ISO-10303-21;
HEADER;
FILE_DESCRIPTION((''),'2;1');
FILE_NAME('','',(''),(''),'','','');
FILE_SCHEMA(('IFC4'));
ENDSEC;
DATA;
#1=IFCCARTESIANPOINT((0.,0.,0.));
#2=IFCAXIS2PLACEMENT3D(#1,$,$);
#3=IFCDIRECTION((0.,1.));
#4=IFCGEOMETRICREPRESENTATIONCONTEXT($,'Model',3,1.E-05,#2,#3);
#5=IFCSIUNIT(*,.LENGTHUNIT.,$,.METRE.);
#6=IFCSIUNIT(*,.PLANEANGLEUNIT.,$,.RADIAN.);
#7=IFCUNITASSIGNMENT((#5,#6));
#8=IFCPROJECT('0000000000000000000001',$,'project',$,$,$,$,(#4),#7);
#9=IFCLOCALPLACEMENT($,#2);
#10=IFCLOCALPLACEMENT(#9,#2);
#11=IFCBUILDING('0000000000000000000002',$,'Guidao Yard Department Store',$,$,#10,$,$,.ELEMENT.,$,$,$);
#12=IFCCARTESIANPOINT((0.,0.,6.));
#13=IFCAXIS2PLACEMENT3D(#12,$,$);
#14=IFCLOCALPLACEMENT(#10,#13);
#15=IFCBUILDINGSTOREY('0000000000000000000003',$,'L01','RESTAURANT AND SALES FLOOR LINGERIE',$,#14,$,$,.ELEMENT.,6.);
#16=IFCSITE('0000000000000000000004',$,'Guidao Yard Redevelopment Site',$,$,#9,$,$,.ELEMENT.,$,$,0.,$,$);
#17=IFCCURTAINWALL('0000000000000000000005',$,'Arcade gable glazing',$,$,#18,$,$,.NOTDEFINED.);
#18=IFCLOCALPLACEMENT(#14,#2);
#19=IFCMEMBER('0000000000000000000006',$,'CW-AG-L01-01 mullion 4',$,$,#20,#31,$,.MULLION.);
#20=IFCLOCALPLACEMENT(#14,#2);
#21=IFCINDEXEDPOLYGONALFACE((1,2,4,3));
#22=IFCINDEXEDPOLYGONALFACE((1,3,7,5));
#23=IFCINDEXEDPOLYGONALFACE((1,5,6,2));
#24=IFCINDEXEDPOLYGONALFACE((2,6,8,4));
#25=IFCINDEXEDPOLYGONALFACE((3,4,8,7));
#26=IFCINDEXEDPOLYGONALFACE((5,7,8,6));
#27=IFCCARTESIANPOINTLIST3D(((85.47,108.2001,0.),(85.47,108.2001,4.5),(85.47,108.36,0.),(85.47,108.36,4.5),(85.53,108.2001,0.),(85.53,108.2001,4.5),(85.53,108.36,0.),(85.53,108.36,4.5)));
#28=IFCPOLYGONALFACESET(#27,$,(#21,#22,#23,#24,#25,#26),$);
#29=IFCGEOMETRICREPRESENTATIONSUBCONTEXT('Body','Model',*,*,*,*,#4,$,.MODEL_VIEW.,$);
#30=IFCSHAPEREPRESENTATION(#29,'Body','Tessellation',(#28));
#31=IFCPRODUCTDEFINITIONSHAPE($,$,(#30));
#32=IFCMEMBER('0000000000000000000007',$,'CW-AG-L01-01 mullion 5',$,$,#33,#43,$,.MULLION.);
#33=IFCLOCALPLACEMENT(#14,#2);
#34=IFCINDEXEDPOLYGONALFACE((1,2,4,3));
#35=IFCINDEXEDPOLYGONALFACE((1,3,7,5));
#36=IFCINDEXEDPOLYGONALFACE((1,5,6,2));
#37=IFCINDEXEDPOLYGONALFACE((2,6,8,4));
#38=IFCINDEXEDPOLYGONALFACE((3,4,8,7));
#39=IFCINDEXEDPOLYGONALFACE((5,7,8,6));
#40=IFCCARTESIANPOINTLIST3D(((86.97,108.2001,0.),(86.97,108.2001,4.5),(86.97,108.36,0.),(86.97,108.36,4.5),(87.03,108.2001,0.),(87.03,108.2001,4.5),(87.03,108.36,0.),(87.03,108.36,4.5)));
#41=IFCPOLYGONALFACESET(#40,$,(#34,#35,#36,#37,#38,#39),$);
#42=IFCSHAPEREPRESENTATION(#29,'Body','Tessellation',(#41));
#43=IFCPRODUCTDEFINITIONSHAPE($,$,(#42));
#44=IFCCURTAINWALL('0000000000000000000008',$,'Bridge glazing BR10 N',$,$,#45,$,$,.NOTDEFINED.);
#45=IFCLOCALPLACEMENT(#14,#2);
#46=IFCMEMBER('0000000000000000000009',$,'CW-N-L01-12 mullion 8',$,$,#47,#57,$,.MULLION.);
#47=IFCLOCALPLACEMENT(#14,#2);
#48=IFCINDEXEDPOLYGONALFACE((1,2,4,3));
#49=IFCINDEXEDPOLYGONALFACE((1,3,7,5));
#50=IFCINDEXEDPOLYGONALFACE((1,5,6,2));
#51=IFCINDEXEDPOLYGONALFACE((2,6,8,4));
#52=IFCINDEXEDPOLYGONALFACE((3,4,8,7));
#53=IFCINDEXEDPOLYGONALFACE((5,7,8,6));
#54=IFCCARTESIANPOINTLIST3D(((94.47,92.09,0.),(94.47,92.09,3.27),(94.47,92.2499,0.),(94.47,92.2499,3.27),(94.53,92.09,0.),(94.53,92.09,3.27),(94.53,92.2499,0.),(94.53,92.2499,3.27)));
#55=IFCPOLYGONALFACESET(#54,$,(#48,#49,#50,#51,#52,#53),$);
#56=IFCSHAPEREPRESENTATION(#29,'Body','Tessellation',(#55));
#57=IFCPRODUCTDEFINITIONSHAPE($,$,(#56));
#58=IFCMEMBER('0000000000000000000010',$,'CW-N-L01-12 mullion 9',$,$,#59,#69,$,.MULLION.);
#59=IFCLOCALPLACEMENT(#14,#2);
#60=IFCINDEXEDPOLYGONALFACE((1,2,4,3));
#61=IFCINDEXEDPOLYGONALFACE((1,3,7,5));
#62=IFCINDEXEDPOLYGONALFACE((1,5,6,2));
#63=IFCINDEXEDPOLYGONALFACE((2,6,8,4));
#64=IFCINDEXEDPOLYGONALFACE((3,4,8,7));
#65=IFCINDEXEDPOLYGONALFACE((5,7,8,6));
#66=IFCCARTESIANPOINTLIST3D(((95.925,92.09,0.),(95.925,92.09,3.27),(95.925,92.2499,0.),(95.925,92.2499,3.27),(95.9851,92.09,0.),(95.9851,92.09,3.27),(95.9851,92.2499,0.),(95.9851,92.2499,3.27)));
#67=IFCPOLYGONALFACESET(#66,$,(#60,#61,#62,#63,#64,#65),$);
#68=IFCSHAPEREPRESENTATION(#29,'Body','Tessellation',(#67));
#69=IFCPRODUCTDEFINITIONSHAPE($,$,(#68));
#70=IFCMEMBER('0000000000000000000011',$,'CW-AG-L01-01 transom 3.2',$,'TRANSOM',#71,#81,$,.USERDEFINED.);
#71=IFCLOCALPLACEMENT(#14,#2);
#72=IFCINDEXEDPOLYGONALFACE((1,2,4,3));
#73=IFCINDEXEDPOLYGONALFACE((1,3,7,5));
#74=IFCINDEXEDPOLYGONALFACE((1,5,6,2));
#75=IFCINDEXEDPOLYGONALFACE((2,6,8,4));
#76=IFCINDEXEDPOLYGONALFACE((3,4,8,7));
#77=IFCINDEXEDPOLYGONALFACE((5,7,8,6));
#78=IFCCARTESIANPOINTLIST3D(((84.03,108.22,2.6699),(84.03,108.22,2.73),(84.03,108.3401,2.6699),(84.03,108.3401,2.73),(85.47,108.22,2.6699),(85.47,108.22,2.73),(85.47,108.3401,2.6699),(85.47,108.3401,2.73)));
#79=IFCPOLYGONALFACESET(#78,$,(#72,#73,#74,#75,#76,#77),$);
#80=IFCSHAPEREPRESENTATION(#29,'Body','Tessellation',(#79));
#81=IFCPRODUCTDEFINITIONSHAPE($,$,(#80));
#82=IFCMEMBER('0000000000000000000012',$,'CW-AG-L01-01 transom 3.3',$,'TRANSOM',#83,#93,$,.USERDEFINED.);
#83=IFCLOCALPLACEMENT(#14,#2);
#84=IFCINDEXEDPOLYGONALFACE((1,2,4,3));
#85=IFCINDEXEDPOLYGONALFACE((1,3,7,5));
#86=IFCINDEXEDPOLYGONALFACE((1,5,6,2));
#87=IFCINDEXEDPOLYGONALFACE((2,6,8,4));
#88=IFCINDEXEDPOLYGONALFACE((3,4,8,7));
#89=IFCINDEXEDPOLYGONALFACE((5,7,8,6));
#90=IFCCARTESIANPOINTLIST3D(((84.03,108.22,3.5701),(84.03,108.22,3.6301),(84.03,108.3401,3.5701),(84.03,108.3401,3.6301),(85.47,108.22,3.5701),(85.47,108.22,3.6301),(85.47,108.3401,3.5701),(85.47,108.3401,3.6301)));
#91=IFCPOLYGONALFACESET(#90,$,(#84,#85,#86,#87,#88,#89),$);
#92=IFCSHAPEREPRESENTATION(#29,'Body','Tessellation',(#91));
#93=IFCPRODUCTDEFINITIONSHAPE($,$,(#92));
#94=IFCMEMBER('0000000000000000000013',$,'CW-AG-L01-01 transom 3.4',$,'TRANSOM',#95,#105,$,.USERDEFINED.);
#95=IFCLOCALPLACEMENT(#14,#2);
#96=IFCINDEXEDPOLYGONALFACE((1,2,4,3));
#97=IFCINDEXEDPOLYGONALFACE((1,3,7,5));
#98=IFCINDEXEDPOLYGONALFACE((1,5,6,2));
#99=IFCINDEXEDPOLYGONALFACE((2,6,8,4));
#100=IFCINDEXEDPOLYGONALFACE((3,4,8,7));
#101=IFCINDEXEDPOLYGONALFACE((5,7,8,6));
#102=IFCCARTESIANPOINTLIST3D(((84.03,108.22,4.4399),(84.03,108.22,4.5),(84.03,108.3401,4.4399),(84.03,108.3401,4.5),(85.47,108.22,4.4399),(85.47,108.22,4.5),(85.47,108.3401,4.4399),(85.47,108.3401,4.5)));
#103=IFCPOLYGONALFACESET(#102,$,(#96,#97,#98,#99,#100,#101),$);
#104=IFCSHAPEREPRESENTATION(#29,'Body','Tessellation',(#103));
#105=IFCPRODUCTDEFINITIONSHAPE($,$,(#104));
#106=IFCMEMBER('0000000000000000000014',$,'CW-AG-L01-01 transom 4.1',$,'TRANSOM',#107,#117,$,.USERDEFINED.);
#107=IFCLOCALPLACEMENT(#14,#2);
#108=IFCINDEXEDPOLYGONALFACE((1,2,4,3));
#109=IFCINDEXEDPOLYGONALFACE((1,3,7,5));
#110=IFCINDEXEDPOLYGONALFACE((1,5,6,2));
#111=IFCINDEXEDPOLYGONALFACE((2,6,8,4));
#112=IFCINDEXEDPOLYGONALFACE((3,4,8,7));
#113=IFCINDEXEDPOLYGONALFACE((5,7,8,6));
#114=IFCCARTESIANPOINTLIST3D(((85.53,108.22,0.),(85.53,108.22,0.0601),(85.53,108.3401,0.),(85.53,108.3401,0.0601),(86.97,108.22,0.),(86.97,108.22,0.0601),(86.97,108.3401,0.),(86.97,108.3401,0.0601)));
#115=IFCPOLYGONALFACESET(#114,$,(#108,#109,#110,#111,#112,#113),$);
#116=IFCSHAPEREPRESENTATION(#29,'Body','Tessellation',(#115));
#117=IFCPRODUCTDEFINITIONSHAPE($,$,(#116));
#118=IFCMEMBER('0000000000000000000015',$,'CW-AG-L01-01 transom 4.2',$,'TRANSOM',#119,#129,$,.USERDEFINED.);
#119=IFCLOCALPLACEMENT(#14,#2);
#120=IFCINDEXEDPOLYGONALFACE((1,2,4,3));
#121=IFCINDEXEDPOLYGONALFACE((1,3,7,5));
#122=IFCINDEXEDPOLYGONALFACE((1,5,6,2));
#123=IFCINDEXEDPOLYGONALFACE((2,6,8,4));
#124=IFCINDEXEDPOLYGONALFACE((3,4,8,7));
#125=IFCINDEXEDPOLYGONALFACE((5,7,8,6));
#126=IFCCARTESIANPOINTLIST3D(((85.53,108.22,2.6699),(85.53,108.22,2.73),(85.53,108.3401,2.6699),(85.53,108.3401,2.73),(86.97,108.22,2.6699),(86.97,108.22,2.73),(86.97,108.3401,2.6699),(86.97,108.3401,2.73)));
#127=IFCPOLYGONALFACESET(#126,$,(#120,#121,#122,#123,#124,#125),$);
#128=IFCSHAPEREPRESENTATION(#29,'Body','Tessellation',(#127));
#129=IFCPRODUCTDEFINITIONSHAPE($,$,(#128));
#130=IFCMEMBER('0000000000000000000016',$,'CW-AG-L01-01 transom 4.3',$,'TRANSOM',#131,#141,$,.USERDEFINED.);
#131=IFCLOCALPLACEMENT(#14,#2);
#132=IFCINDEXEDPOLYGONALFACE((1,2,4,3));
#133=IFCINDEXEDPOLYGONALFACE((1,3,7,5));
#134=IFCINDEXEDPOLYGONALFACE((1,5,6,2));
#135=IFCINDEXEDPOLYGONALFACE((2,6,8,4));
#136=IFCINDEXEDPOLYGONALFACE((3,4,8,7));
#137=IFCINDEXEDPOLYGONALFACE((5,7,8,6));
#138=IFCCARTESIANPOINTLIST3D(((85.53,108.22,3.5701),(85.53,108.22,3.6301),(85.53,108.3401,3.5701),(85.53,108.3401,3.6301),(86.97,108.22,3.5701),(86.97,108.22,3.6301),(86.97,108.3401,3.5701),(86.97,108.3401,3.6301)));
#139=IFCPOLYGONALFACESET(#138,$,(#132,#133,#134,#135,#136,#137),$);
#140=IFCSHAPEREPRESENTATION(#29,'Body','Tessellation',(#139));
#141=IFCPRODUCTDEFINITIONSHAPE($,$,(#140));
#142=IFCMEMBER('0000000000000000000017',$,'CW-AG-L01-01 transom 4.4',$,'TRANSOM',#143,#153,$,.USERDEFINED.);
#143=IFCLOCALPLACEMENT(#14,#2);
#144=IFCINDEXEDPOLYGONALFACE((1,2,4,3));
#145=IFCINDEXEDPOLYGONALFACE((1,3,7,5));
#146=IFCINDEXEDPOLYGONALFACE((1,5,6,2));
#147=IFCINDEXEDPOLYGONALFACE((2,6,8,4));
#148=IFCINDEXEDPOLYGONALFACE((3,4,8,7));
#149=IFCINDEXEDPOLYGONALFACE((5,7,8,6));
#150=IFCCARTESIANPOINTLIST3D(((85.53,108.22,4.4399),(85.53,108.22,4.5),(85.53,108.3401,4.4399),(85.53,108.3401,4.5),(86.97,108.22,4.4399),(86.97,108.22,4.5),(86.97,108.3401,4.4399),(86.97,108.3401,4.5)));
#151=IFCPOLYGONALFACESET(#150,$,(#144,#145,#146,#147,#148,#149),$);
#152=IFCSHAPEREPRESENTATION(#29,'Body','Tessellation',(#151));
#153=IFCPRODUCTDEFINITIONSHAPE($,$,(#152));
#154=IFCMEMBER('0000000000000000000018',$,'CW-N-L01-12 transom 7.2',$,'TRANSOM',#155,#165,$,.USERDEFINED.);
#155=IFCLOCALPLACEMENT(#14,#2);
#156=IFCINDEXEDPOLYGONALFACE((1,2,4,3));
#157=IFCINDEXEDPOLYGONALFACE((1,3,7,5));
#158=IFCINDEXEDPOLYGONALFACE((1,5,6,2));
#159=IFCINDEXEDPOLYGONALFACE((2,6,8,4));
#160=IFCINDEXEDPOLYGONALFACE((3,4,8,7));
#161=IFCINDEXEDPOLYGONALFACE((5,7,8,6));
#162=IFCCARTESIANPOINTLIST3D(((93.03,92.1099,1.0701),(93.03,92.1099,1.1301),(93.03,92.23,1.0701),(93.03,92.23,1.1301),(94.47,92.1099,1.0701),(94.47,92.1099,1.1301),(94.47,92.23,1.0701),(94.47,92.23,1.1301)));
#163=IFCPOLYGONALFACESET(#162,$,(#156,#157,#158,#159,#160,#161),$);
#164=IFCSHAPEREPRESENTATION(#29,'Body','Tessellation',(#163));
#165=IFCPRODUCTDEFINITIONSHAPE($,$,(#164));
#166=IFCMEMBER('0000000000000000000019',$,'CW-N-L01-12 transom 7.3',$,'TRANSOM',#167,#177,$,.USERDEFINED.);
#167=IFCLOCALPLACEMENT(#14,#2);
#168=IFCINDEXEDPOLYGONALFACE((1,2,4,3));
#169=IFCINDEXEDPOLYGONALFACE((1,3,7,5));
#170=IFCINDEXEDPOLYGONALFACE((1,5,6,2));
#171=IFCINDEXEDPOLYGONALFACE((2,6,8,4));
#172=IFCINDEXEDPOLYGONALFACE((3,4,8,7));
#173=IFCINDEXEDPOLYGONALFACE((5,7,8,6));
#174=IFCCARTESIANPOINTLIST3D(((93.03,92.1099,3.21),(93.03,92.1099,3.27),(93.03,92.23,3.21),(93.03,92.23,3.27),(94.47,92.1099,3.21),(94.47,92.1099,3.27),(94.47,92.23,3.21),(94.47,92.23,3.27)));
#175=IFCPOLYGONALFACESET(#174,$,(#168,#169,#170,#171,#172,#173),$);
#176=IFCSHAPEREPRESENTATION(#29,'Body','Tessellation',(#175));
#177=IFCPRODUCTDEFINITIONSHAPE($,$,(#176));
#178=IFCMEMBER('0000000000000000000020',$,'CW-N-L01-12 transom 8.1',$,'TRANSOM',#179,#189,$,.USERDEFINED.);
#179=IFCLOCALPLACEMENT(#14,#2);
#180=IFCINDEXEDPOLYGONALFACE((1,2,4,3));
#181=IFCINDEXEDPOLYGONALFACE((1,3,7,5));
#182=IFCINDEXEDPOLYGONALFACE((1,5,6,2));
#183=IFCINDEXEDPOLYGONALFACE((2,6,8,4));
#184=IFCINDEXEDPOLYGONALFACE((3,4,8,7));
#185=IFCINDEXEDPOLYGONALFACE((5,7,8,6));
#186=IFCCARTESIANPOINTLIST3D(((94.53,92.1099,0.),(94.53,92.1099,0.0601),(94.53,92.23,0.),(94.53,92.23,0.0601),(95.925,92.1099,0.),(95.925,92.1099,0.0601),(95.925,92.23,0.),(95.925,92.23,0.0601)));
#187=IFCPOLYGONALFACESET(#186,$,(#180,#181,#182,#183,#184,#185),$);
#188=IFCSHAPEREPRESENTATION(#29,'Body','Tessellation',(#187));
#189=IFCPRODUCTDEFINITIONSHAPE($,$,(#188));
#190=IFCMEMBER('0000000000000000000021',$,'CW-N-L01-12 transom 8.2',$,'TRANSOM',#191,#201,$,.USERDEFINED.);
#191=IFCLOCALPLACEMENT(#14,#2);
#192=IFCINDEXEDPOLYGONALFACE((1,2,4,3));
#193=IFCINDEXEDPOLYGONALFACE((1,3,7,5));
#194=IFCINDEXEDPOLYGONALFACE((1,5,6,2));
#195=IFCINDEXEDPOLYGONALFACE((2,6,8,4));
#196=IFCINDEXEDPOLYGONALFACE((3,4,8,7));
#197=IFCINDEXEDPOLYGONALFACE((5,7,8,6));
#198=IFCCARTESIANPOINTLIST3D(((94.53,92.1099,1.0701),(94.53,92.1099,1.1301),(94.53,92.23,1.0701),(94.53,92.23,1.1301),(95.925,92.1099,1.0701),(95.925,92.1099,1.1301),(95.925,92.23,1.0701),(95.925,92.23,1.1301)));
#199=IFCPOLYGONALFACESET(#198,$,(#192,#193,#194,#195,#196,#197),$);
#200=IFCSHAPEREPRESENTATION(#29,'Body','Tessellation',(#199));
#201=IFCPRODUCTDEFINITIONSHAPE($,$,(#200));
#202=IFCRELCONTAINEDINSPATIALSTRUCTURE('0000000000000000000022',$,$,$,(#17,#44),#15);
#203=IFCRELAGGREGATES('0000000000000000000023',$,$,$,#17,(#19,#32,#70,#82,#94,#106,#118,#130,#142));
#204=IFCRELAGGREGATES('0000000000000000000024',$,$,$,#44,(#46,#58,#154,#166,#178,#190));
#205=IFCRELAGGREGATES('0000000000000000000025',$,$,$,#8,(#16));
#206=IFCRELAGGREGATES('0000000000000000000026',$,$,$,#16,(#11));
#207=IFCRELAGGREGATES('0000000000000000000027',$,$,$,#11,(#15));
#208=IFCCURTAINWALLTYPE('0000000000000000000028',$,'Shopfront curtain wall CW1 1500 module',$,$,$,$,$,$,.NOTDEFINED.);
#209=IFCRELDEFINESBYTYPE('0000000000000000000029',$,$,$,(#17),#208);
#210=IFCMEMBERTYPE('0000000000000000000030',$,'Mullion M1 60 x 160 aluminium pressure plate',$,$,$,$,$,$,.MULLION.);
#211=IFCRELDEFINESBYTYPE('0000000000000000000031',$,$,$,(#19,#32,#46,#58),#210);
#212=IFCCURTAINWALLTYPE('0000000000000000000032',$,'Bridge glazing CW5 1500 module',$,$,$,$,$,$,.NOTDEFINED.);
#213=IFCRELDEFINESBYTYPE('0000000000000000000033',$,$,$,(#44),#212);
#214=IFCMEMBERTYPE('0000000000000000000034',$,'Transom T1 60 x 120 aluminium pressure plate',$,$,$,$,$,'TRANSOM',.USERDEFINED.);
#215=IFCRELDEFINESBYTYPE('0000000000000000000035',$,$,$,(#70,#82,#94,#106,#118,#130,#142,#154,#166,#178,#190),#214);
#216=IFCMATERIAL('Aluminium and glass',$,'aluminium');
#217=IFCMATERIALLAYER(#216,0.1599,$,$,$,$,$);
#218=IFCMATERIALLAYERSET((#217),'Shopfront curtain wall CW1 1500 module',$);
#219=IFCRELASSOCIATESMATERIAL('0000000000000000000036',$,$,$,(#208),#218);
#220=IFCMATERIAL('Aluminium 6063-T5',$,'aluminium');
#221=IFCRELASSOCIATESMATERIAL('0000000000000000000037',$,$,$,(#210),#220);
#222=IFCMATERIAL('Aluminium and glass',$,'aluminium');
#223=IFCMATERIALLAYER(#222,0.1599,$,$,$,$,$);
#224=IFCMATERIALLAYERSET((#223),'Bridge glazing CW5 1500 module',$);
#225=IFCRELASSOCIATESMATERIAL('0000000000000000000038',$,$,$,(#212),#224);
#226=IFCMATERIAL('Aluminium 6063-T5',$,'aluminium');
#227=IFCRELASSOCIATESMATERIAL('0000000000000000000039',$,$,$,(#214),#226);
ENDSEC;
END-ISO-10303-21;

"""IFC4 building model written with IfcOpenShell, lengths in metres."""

from ifc_helpers import new_model, si_unit, direction, frame, origin, origin_2d, place, context, subcontext, project, spatial, rectangle, extrude, material, layer, layer_set, material_profile, profile_set, type_object, element, aggregate, save


model = new_model("IFC4")

# Units and contexts
model_context = context("Model", 3, precision=1e-05, world=origin(), true_north=direction((0.0, 1.0)))
body_context = subcontext(model_context, "Body", "Model", "MODEL_VIEW")
ifc_project = project(units=[si_unit("LENGTHUNIT", "METRE"), si_unit("PLANEANGLEUNIT", "RADIAN")], contexts=[model_context])

# Site, building, storey
site_placement = place(None, origin())
site = spatial("IfcSite", under=ifc_project, at=site_placement, Name="Guidao Yard Redevelopment Site", CompositionType="ELEMENT", RefElevation=0.0)
building_placement = place(site_placement, origin())
building = spatial("IfcBuilding", under=site, at=building_placement, Name="Guidao Yard Department Store", CompositionType="ELEMENT")
storey_placement = place(building_placement, frame((0.0, 0.0, 6.0)))
storey = spatial("IfcBuildingStorey", under=building, at=storey_placement, Name="L01", Description="RESTAURANT AND SALES FLOOR LINGERIE", CompositionType="ELEMENT", Elevation=6.0)

# Curtain walls, members
ifc_material_1 = material(Name="Aluminium and glass", Category="aluminium")
ifc_layer_1 = layer(ifc_material_1, 0.1599)
ifc_layer_set_1 = layer_set([ifc_layer_1], Name="Shopfront curtain wall CW1 1500 module")
curtain_wall_type_1 = type_object("IfcCurtainWallType", Name="Shopfront curtain wall CW1 1500 module", PredefinedType="NOTDEFINED", material=ifc_layer_set_1)
curtain_wall_1_placement = place(storey_placement, origin())
curtain_wall_1 = element("IfcCurtainWall", 1, at=curtain_wall_1_placement, inside=storey, type_object=curtain_wall_type_1, Name="Arcade gable glazing", PredefinedType="NOTDEFINED")
ifc_material_2 = material(Name="Aluminium 6063-T5", Category="aluminium")
ifc_material_profile_1 = material_profile(ifc_material_2, rectangle(XDim=0.0601, YDim=0.1599, at=origin_2d()), Name="Mullion M1 60 x 160 aluminium pressure plate")
ifc_profile_set_1 = profile_set([ifc_material_profile_1], Name="Aluminium 6063-T5")
member_type_1 = type_object("IfcMemberType", Name="Mullion M1 60 x 160 aluminium pressure plate", PredefinedType="MULLION", material=ifc_profile_set_1)
member_1_placement = place(storey_placement, frame((85.5, 108.28, 0.0), z_axis=(0.0, 0.0, 1.0), x_axis=(1.0, 0.0, 0.0)))
member_1 = element("IfcMember", 2, at=member_1_placement, type_object=member_type_1, Name="CW-AG-L01-01 mullion 4", PredefinedType="MULLION", context=body_context, shape_type="SweptSolid", body=[
    extrude(rectangle(XDim=0.0601, YDim=0.1599, at=origin_2d()), origin(), (0.0, 0.0, 1.0), 4.5),
])
member_2_placement = place(storey_placement, frame((87.0, 108.28, 0.0), z_axis=(0.0, 0.0, 1.0), x_axis=(1.0, 0.0, 0.0)))
member_2 = element("IfcMember", 3, at=member_2_placement, type_object=member_type_1, Name="CW-AG-L01-01 mullion 5", PredefinedType="MULLION", context=body_context, shape_type="SweptSolid", body=[
    extrude(rectangle(XDim=0.0601, YDim=0.1599, at=origin_2d()), origin(), (0.0, 0.0, 1.0), 4.5),
])
ifc_material_3 = material(Name="Aluminium and glass", Category="aluminium")
ifc_layer_2 = layer(ifc_material_3, 0.1599)
ifc_layer_set_2 = layer_set([ifc_layer_2], Name="Bridge glazing CW5 1500 module")
curtain_wall_type_2 = type_object("IfcCurtainWallType", Name="Bridge glazing CW5 1500 module", PredefinedType="NOTDEFINED", material=ifc_layer_set_2)
curtain_wall_2_placement = place(storey_placement, origin())
curtain_wall_2 = element("IfcCurtainWall", 4, at=curtain_wall_2_placement, inside=storey, type_object=curtain_wall_type_2, Name="Bridge glazing BR10 N", PredefinedType="NOTDEFINED")
member_3_placement = place(storey_placement, frame((94.5, 92.1699, 0.0), z_axis=(0.0, 0.0, 1.0), x_axis=(1.0, 0.0, 0.0)))
member_3 = element("IfcMember", 5, at=member_3_placement, type_object=member_type_1, Name="CW-N-L01-12 mullion 8", PredefinedType="MULLION", context=body_context, shape_type="SweptSolid", body=[
    extrude(rectangle(XDim=0.0601, YDim=0.1599, at=origin_2d()), origin(), (0.0, 0.0, 1.0), 3.27),
])
member_4_placement = place(storey_placement, frame((95.9551, 92.1699, 0.0), z_axis=(0.0, 0.0, 1.0), x_axis=(1.0, 0.0, 0.0)))
member_4 = element("IfcMember", 6, at=member_4_placement, type_object=member_type_1, Name="CW-N-L01-12 mullion 9", PredefinedType="MULLION", context=body_context, shape_type="SweptSolid", body=[
    extrude(rectangle(XDim=0.0601, YDim=0.1599, at=origin_2d()), origin(), (0.0, 0.0, 1.0), 3.27),
])

# Members
ifc_material_4 = material(Name="Aluminium 6063-T5", Category="aluminium")
ifc_material_profile_2 = material_profile(ifc_material_4, rectangle(XDim=0.1201, YDim=0.0601, at=origin_2d()), Name="Transom T1 60 x 120 aluminium pressure plate")
ifc_profile_set_2 = profile_set([ifc_material_profile_2], Name="Aluminium 6063-T5")
member_type_2 = type_object("IfcMemberType", Name="Transom T1 60 x 120 aluminium pressure plate", ElementType="TRANSOM", PredefinedType="USERDEFINED", material=ifc_profile_set_2)
member_5_placement = place(storey_placement, frame((84.03, 108.28, 2.7), z_axis=(1.0, 0.0, 0.0), x_axis=(0.0, 1.0, 0.0)))
member_5 = element("IfcMember", 7, at=member_5_placement, type_object=member_type_2, Name="CW-AG-L01-01 transom 3.2", ObjectType="TRANSOM", PredefinedType="USERDEFINED", context=body_context, shape_type="SweptSolid", body=[
    extrude(rectangle(XDim=0.1201, YDim=0.0601, at=origin_2d()), origin(), (0.0, 0.0, 1.0), 1.4399),
])
member_6_placement = place(storey_placement, frame((84.03, 108.28, 3.6001), z_axis=(1.0, 0.0, 0.0), x_axis=(0.0, 1.0, 0.0)))
member_6 = element("IfcMember", 8, at=member_6_placement, type_object=member_type_2, Name="CW-AG-L01-01 transom 3.3", ObjectType="TRANSOM", PredefinedType="USERDEFINED", context=body_context, shape_type="SweptSolid", body=[
    extrude(rectangle(XDim=0.1201, YDim=0.0601, at=origin_2d()), origin(), (0.0, 0.0, 1.0), 1.4399),
])
member_7_placement = place(storey_placement, frame((84.03, 108.28, 4.47), z_axis=(1.0, 0.0, 0.0), x_axis=(0.0, 1.0, 0.0)))
member_7 = element("IfcMember", 9, at=member_7_placement, type_object=member_type_2, Name="CW-AG-L01-01 transom 3.4", ObjectType="TRANSOM", PredefinedType="USERDEFINED", context=body_context, shape_type="SweptSolid", body=[
    extrude(rectangle(XDim=0.1201, YDim=0.0601, at=origin_2d()), origin(), (0.0, 0.0, 1.0), 1.4399),
])
member_8_placement = place(storey_placement, frame((85.53, 108.28, 0.03), z_axis=(1.0, 0.0, 0.0), x_axis=(0.0, 1.0, 0.0)))
member_8 = element("IfcMember", 10, at=member_8_placement, type_object=member_type_2, Name="CW-AG-L01-01 transom 4.1", ObjectType="TRANSOM", PredefinedType="USERDEFINED", context=body_context, shape_type="SweptSolid", body=[
    extrude(rectangle(XDim=0.1201, YDim=0.0601, at=origin_2d()), origin(), (0.0, 0.0, 1.0), 1.4399),
])
member_9_placement = place(storey_placement, frame((85.53, 108.28, 2.7), z_axis=(1.0, 0.0, 0.0), x_axis=(0.0, 1.0, 0.0)))
member_9 = element("IfcMember", 11, at=member_9_placement, type_object=member_type_2, Name="CW-AG-L01-01 transom 4.2", ObjectType="TRANSOM", PredefinedType="USERDEFINED", context=body_context, shape_type="SweptSolid", body=[
    extrude(rectangle(XDim=0.1201, YDim=0.0601, at=origin_2d()), origin(), (0.0, 0.0, 1.0), 1.4399),
])
member_10_placement = place(storey_placement, frame((85.53, 108.28, 3.6001), z_axis=(1.0, 0.0, 0.0), x_axis=(0.0, 1.0, 0.0)))
member_10 = element("IfcMember", 12, at=member_10_placement, type_object=member_type_2, Name="CW-AG-L01-01 transom 4.3", ObjectType="TRANSOM", PredefinedType="USERDEFINED", context=body_context, shape_type="SweptSolid", body=[
    extrude(rectangle(XDim=0.1201, YDim=0.0601, at=origin_2d()), origin(), (0.0, 0.0, 1.0), 1.4399),
])
member_11_placement = place(storey_placement, frame((85.53, 108.28, 4.47), z_axis=(1.0, 0.0, 0.0), x_axis=(0.0, 1.0, 0.0)))
member_11 = element("IfcMember", 13, at=member_11_placement, type_object=member_type_2, Name="CW-AG-L01-01 transom 4.4", ObjectType="TRANSOM", PredefinedType="USERDEFINED", context=body_context, shape_type="SweptSolid", body=[
    extrude(rectangle(XDim=0.1201, YDim=0.0601, at=origin_2d()), origin(), (0.0, 0.0, 1.0), 1.4399),
])
member_12_placement = place(storey_placement, frame((93.03, 92.1699, 1.1001), z_axis=(1.0, 0.0, 0.0), x_axis=(0.0, 1.0, 0.0)))
member_12 = element("IfcMember", 14, at=member_12_placement, type_object=member_type_2, Name="CW-N-L01-12 transom 7.2", ObjectType="TRANSOM", PredefinedType="USERDEFINED", context=body_context, shape_type="SweptSolid", body=[
    extrude(rectangle(XDim=0.1201, YDim=0.0601, at=origin_2d()), origin(), (0.0, 0.0, 1.0), 1.4399),
])
member_13_placement = place(storey_placement, frame((93.03, 92.1699, 3.24), z_axis=(1.0, 0.0, 0.0), x_axis=(0.0, 1.0, 0.0)))
member_13 = element("IfcMember", 15, at=member_13_placement, type_object=member_type_2, Name="CW-N-L01-12 transom 7.3", ObjectType="TRANSOM", PredefinedType="USERDEFINED", context=body_context, shape_type="SweptSolid", body=[
    extrude(rectangle(XDim=0.1201, YDim=0.0601, at=origin_2d()), origin(), (0.0, 0.0, 1.0), 1.4399),
])
member_14_placement = place(storey_placement, frame((94.53, 92.1699, 0.03), z_axis=(1.0, 0.0, 0.0), x_axis=(0.0, 1.0, 0.0)))
member_14 = element("IfcMember", 16, at=member_14_placement, type_object=member_type_2, Name="CW-N-L01-12 transom 8.1", ObjectType="TRANSOM", PredefinedType="USERDEFINED", context=body_context, shape_type="SweptSolid", body=[
    extrude(rectangle(XDim=0.1201, YDim=0.0601, at=origin_2d()), origin(), (0.0, 0.0, 1.0), 1.395),
])
member_15_placement = place(storey_placement, frame((94.53, 92.1699, 1.1001), z_axis=(1.0, 0.0, 0.0), x_axis=(0.0, 1.0, 0.0)))
member_15 = element("IfcMember", 17, at=member_15_placement, type_object=member_type_2, Name="CW-N-L01-12 transom 8.2", ObjectType="TRANSOM", PredefinedType="USERDEFINED", context=body_context, shape_type="SweptSolid", body=[
    extrude(rectangle(XDim=0.1201, YDim=0.0601, at=origin_2d()), origin(), (0.0, 0.0, 1.0), 1.395),
])

aggregate(curtain_wall_1, [member_1, member_2, member_5, member_6, member_7, member_8, member_9, member_10, member_11])
aggregate(curtain_wall_2, [member_3, member_4, member_12, member_13, member_14, member_15])

save(model, "model.ifc")
